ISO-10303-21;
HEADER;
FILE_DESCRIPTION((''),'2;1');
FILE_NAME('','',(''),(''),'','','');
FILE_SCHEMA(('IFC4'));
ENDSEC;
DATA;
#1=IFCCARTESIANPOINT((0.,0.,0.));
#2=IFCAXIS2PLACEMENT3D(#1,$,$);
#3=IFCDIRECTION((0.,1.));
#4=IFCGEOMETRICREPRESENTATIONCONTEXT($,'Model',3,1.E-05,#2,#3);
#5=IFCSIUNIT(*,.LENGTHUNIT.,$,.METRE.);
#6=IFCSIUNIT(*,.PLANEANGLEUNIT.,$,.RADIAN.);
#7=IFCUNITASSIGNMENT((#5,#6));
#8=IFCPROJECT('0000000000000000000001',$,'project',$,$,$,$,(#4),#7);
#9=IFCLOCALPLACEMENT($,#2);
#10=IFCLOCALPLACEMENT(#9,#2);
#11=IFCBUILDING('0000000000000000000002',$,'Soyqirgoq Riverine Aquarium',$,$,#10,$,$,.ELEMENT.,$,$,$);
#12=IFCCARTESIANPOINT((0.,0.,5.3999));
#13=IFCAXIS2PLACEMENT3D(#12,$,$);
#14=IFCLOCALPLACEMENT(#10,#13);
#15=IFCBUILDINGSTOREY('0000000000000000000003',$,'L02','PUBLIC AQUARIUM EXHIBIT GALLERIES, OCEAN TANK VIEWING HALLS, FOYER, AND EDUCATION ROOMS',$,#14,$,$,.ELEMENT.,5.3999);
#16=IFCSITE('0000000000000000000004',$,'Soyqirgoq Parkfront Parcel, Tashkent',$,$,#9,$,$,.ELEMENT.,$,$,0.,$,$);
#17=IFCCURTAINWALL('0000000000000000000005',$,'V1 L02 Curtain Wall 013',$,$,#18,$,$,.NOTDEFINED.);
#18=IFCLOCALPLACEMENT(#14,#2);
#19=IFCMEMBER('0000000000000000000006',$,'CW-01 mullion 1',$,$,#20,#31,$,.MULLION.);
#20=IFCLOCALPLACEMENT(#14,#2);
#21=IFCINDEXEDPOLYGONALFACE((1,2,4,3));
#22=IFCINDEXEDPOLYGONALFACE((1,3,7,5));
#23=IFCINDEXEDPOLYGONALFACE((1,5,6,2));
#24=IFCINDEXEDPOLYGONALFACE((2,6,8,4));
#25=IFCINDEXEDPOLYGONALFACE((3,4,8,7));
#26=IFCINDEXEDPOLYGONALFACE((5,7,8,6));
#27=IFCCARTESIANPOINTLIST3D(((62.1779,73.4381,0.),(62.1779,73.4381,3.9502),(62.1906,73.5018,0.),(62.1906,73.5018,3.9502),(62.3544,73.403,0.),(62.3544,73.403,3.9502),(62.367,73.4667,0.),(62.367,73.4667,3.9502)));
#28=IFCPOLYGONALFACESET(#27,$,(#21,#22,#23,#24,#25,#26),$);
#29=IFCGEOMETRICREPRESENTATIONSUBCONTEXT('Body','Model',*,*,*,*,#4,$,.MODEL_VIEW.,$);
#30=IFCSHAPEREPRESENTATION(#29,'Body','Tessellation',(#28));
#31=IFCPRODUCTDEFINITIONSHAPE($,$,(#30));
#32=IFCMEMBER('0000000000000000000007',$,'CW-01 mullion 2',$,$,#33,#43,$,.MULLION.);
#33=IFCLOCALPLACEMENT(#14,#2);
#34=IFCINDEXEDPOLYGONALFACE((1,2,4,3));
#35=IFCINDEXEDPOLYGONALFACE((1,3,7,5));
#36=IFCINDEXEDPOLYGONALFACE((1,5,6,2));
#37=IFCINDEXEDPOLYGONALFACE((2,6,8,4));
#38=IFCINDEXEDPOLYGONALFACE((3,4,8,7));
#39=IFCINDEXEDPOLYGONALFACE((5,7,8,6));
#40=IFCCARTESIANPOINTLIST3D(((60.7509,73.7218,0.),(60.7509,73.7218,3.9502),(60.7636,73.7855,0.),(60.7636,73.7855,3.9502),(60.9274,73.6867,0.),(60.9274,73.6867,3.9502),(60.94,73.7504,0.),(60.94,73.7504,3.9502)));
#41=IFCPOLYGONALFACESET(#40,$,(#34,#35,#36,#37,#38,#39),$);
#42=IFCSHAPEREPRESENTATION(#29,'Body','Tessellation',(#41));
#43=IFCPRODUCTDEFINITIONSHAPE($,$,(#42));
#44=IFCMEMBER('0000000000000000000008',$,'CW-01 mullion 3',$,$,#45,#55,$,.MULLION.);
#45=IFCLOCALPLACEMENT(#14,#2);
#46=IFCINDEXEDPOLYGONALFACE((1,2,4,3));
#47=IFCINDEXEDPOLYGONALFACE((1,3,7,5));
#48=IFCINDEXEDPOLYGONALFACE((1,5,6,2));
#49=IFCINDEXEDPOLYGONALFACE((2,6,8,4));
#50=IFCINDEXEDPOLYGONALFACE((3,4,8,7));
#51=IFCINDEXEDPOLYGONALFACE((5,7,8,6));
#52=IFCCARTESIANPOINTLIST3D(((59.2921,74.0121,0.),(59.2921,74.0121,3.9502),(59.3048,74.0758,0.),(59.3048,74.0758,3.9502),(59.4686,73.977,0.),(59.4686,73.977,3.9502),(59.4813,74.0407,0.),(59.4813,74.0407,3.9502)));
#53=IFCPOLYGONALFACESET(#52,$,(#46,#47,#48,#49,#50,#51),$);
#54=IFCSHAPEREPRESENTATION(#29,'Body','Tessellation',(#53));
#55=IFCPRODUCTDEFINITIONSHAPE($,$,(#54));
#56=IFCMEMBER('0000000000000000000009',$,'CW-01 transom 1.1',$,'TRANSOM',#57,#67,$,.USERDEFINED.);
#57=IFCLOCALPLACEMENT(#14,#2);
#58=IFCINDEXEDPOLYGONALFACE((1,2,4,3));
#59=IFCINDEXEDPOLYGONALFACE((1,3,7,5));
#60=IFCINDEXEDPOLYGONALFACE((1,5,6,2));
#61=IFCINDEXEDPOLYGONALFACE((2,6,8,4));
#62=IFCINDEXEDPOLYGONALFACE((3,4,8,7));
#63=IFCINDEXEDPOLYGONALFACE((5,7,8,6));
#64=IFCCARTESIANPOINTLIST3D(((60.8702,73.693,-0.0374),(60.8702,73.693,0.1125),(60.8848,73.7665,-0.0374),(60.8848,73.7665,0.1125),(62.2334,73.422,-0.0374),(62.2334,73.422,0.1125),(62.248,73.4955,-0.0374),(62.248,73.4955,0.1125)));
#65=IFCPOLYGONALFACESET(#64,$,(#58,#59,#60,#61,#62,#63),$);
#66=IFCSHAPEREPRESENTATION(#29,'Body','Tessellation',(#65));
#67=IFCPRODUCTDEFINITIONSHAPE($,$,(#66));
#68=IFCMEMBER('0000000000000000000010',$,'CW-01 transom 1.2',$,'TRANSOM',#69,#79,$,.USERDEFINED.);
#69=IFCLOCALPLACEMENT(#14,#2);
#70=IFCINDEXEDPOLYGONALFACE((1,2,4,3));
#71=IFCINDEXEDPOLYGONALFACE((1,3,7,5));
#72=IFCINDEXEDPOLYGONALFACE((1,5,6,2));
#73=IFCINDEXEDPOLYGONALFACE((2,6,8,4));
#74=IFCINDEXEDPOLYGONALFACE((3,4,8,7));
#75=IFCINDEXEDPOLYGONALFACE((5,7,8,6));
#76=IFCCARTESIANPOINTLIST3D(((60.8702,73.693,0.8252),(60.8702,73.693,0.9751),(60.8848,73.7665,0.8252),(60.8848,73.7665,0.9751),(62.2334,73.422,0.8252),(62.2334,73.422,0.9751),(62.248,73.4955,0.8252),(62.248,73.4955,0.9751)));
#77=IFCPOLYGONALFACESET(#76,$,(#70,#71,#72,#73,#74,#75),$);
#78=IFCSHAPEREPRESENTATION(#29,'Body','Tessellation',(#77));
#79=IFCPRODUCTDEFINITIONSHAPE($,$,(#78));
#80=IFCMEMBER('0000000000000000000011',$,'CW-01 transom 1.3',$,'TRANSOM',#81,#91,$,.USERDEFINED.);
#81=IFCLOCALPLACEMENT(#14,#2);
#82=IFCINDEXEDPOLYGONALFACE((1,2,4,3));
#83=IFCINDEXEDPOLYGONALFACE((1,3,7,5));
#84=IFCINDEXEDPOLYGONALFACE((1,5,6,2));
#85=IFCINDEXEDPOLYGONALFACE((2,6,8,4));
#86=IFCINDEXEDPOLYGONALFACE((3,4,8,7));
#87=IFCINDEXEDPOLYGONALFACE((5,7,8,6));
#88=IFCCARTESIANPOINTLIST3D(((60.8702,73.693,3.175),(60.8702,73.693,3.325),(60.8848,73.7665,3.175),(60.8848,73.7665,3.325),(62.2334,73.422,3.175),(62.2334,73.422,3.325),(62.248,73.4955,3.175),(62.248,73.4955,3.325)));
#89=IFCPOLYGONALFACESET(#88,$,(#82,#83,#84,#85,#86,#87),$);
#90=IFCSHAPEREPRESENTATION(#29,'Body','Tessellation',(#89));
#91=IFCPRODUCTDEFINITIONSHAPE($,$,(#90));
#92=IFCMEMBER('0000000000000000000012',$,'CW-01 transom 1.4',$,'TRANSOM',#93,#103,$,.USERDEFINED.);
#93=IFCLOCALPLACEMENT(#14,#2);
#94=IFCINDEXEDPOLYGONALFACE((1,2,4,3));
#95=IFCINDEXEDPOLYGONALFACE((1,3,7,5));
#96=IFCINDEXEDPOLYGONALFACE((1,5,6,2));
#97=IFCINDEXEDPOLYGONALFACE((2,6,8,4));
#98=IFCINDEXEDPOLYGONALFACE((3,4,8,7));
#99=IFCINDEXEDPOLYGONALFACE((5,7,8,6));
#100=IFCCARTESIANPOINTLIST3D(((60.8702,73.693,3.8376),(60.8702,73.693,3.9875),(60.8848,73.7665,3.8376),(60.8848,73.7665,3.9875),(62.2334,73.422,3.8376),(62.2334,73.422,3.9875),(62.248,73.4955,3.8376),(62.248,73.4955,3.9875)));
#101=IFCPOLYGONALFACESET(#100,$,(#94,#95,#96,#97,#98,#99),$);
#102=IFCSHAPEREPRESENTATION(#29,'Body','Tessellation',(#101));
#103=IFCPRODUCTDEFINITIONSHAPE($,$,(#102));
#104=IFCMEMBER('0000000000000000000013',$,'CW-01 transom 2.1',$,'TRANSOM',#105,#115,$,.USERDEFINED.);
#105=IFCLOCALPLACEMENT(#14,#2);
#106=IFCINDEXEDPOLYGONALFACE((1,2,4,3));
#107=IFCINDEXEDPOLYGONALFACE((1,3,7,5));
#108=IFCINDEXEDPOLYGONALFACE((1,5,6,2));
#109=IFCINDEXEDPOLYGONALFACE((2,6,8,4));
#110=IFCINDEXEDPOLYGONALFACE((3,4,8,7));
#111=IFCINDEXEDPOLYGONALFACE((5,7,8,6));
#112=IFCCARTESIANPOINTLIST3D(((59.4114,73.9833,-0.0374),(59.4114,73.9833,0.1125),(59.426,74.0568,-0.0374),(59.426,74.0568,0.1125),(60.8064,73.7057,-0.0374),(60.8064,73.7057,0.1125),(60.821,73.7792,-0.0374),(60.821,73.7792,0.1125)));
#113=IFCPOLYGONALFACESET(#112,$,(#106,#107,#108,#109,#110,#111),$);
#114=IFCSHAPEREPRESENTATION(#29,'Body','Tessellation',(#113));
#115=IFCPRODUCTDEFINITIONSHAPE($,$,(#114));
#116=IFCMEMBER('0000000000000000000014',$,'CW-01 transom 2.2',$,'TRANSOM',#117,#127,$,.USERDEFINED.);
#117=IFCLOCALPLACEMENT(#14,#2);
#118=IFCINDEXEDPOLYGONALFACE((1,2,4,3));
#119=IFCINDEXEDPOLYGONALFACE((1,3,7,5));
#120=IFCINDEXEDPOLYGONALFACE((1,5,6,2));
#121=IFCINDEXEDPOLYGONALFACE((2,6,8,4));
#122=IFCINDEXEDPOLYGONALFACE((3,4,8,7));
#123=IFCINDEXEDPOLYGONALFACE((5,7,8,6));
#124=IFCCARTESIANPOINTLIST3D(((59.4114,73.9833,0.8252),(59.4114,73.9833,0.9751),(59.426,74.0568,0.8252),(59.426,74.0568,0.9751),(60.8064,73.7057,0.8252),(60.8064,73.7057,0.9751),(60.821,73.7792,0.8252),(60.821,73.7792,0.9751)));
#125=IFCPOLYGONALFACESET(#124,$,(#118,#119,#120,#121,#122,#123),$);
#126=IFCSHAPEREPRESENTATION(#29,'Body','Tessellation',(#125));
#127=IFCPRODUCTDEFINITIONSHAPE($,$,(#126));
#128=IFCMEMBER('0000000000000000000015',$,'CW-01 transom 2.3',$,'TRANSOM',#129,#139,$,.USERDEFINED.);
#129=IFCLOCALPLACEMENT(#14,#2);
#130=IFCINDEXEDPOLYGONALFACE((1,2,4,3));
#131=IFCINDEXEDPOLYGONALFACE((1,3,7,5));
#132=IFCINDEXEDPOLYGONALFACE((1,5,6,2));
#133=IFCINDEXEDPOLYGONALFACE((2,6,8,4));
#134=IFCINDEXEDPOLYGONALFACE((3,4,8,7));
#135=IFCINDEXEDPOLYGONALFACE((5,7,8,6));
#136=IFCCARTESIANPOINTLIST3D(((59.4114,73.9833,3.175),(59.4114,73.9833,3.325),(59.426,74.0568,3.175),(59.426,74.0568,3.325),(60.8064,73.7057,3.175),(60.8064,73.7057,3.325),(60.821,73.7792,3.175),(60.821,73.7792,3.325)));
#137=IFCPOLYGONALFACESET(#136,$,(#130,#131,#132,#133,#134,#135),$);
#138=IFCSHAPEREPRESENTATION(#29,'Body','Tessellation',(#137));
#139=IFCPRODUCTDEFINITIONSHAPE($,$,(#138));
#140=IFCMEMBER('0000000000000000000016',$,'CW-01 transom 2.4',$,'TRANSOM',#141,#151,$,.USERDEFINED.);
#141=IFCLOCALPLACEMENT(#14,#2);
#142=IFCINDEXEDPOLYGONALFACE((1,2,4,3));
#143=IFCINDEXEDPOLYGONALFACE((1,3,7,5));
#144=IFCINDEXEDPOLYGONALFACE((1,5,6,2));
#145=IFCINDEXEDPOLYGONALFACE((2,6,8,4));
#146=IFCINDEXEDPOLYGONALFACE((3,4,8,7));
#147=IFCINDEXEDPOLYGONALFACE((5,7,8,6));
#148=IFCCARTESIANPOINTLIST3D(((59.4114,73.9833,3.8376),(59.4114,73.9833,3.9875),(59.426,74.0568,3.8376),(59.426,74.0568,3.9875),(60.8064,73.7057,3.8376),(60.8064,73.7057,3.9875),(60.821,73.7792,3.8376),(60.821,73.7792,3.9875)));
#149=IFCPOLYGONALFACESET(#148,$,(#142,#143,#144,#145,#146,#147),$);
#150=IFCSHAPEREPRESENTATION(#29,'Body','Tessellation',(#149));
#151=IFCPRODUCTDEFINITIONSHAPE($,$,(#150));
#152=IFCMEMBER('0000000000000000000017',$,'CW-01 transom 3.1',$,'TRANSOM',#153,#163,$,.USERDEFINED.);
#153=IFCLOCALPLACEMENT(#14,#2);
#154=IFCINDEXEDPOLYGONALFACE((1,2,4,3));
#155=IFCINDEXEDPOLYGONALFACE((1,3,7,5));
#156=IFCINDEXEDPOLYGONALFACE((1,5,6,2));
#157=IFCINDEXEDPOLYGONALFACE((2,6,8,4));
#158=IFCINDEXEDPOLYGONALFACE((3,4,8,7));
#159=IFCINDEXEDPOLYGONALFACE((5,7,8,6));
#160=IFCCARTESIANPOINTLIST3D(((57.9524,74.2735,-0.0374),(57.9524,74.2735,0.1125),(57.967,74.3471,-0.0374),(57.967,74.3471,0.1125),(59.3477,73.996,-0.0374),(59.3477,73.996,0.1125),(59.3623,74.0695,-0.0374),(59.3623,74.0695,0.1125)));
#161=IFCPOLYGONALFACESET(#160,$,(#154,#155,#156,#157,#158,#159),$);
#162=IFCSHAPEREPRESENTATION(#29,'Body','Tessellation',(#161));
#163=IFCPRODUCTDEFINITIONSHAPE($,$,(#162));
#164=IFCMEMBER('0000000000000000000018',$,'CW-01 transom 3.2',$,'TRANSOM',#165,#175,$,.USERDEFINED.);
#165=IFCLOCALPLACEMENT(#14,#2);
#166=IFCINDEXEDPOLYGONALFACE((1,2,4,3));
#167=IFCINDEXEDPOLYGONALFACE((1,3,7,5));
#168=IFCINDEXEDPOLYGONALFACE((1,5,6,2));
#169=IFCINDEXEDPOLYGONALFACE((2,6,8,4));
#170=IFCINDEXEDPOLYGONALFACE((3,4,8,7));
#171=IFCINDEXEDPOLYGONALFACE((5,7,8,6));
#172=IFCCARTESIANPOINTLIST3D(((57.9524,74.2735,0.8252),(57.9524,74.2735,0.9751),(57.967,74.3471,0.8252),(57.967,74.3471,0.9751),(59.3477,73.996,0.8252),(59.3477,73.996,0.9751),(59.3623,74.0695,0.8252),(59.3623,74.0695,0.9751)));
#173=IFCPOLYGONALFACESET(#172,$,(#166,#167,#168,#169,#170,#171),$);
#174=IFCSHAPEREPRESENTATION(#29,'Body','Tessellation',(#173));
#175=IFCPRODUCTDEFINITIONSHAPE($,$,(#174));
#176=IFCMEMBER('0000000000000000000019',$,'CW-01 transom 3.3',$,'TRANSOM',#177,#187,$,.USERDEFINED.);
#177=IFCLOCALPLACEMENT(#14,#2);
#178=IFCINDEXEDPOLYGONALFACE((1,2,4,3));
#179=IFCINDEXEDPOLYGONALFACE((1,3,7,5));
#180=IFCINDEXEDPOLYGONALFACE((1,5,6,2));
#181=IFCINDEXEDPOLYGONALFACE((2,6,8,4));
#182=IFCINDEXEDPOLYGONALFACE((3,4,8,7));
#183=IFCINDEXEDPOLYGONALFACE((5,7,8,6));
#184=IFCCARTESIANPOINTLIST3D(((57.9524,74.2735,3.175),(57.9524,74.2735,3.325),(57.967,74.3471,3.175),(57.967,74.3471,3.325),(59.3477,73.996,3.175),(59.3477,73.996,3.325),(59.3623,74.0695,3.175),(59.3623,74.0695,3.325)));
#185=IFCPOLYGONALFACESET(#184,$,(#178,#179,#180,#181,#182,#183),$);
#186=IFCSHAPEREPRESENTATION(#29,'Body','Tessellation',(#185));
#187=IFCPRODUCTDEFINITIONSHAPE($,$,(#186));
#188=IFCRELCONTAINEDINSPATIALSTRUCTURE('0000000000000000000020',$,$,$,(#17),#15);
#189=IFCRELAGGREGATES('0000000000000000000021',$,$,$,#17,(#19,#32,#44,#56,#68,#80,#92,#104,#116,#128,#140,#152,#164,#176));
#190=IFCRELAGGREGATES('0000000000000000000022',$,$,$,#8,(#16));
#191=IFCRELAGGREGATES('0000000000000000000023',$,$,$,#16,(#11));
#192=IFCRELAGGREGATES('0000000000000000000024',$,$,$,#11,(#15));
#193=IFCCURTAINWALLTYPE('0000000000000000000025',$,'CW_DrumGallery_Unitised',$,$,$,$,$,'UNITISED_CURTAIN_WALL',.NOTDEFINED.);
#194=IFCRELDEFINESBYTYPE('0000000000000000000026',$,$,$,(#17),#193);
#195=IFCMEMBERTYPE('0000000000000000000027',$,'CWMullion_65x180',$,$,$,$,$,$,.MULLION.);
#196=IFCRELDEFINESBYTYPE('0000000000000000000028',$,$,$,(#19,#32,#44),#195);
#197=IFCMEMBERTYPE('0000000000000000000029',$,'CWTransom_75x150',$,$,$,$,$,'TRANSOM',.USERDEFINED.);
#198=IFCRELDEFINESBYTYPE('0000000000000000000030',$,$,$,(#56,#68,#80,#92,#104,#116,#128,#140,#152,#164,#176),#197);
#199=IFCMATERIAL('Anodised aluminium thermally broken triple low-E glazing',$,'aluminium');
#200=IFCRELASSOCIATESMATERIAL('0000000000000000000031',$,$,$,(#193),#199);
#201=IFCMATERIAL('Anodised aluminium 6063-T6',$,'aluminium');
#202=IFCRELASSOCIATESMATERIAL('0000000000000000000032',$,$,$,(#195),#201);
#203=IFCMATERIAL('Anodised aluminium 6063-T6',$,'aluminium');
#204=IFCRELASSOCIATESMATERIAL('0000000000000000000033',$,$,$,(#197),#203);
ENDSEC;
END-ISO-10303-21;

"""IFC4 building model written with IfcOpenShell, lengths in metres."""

from ifc_helpers import new_model, si_unit, direction, frame, origin, origin_2d, place, context, subcontext, project, spatial, rectangle, extrude, material, material_profile, profile_set, type_object, element, aggregate, save


model = new_model("IFC4")

# Units and contexts
model_context = context("Model", 3, precision=1e-05, world=origin(), true_north=direction((0.0, 1.0)))
body_context = subcontext(model_context, "Body", "Model", "MODEL_VIEW")
ifc_project = project(units=[si_unit("LENGTHUNIT", "METRE"), si_unit("PLANEANGLEUNIT", "RADIAN")], contexts=[model_context])

# Site, building, storey
site_placement = place(None, origin())
site = spatial("IfcSite", under=ifc_project, at=site_placement, Name="Soyqirgoq Parkfront Parcel, Tashkent", CompositionType="ELEMENT", RefElevation=0.0)
building_placement = place(site_placement, origin())
building = spatial("IfcBuilding", under=site, at=building_placement, Name="Soyqirgoq Riverine Aquarium", CompositionType="ELEMENT")
storey_placement = place(building_placement, frame((0.0, 0.0, 5.3999)))
storey = spatial("IfcBuildingStorey", under=building, at=storey_placement, Name="L02", Description="PUBLIC AQUARIUM EXHIBIT GALLERIES, OCEAN TANK VIEWING HALLS, FOYER, AND EDUCATION ROOMS", CompositionType="ELEMENT", Elevation=5.3999)

# Curtain wall, members
ifc_material_1 = material(Name="Anodised aluminium thermally broken triple low-E glazing", Category="aluminium")
curtain_wall_type = type_object("IfcCurtainWallType", Name="CW_DrumGallery_Unitised", ElementType="UNITISED_CURTAIN_WALL", PredefinedType="NOTDEFINED", material=ifc_material_1)
curtain_wall_placement = place(storey_placement, origin())
curtain_wall = element("IfcCurtainWall", 1, at=curtain_wall_placement, inside=storey, type_object=curtain_wall_type, Name="V1 L02 Curtain Wall 013", PredefinedType="NOTDEFINED")
ifc_material_2 = material(Name="Anodised aluminium 6063-T6", Category="aluminium")
ifc_material_profile_1 = material_profile(ifc_material_2, rectangle(XDim=0.0649, YDim=0.1799, at=origin_2d()), Name="ALU-M 65x180")
ifc_profile_set_1 = profile_set([ifc_material_profile_1], Name="Anodised aluminium 6063-T6")
member_type_1 = type_object("IfcMemberType", Name="CWMullion_65x180", PredefinedType="MULLION", material=ifc_profile_set_1)
member_1_placement = place(storey_placement, frame((62.2725, 73.4524, 0.0), z_axis=(0.0, 0.0, 1.0), x_axis=(-0.195088, -0.980786, 0.0)))
member_1 = element("IfcMember", 2, at=member_1_placement, type_object=member_type_1, Name="CW-01 mullion 1", PredefinedType="MULLION", context=body_context, shape_type="SweptSolid", body=[
    extrude(rectangle(XDim=0.0649, YDim=0.1799, at=origin_2d()), origin(), (0.0, 0.0, 1.0), 3.9502),
])
member_2_placement = place(storey_placement, frame((60.8455, 73.7361, 0.0), z_axis=(0.0, 0.0, 1.0), x_axis=(-0.195088, -0.980786, 0.0)))
member_2 = element("IfcMember", 3, at=member_2_placement, type_object=member_type_1, Name="CW-01 mullion 2", PredefinedType="MULLION", context=body_context, shape_type="SweptSolid", body=[
    extrude(rectangle(XDim=0.0649, YDim=0.1799, at=origin_2d()), origin(), (0.0, 0.0, 1.0), 3.9502),
])
member_3_placement = place(storey_placement, frame((59.3867, 74.0264, 0.0), z_axis=(0.0, 0.0, 1.0), x_axis=(-0.195088, -0.980786, 0.0)))
member_3 = element("IfcMember", 4, at=member_3_placement, type_object=member_type_1, Name="CW-01 mullion 3", PredefinedType="MULLION", context=body_context, shape_type="SweptSolid", body=[
    extrude(rectangle(XDim=0.0649, YDim=0.1799, at=origin_2d()), origin(), (0.0, 0.0, 1.0), 3.9502),
])
ifc_material_3 = material(Name="Anodised aluminium 6063-T6", Category="aluminium")
ifc_material_profile_2 = material_profile(ifc_material_3, rectangle(XDim=0.075, YDim=0.1499, at=origin_2d()), Name="ALU-T 75x150")
ifc_profile_set_2 = profile_set([ifc_material_profile_2], Name="Anodised aluminium 6063-T6")
member_type_2 = type_object("IfcMemberType", Name="CWTransom_75x150", ElementType="TRANSOM", PredefinedType="USERDEFINED", material=ifc_profile_set_2)
member_4_placement = place(storey_placement, frame((62.2407, 73.4587, 0.0376), z_axis=(-0.98081, 0.194968, 0.0), x_axis=(-0.194968, -0.98081, 0.0)))
member_4 = element("IfcMember", 5, at=member_4_placement, type_object=member_type_2, Name="CW-01 transom 1.1", ObjectType="TRANSOM", PredefinedType="USERDEFINED", context=body_context, shape_type="SweptSolid", body=[
    extrude(rectangle(XDim=0.075, YDim=0.1499, at=origin_2d()), origin(), (0.0, 0.0, 1.0), 1.3899),
])
member_5_placement = place(storey_placement, frame((62.2407, 73.4587, 0.9001), z_axis=(-0.98081, 0.194968, 0.0), x_axis=(-0.194968, -0.98081, 0.0)))
member_5 = element("IfcMember", 6, at=member_5_placement, type_object=member_type_2, Name="CW-01 transom 1.2", ObjectType="TRANSOM", PredefinedType="USERDEFINED", context=body_context, shape_type="SweptSolid", body=[
    extrude(rectangle(XDim=0.075, YDim=0.1499, at=origin_2d()), origin(), (0.0, 0.0, 1.0), 1.3899),
])
member_6_placement = place(storey_placement, frame((62.2407, 73.4587, 3.25), z_axis=(-0.98081, 0.194968, 0.0), x_axis=(-0.194968, -0.98081, 0.0)))
member_6 = element("IfcMember", 7, at=member_6_placement, type_object=member_type_2, Name="CW-01 transom 1.3", ObjectType="TRANSOM", PredefinedType="USERDEFINED", context=body_context, shape_type="SweptSolid", body=[
    extrude(rectangle(XDim=0.075, YDim=0.1499, at=origin_2d()), origin(), (0.0, 0.0, 1.0), 1.3899),
])
member_7_placement = place(storey_placement, frame((62.2407, 73.4587, 3.9126), z_axis=(-0.98081, 0.194968, 0.0), x_axis=(-0.194968, -0.98081, 0.0)))
member_7 = element("IfcMember", 8, at=member_7_placement, type_object=member_type_2, Name="CW-01 transom 1.4", ObjectType="TRANSOM", PredefinedType="USERDEFINED", context=body_context, shape_type="SweptSolid", body=[
    extrude(rectangle(XDim=0.075, YDim=0.1499, at=origin_2d()), origin(), (0.0, 0.0, 1.0), 1.3899),
])
member_8_placement = place(storey_placement, frame((60.8137, 73.7424, 0.0376), z_axis=(-0.980772, 0.195159, 0.0), x_axis=(-0.195159, -0.980772, 0.0)))
member_8 = element("IfcMember", 9, at=member_8_placement, type_object=member_type_2, Name="CW-01 transom 2.1", ObjectType="TRANSOM", PredefinedType="USERDEFINED", context=body_context, shape_type="SweptSolid", body=[
    extrude(rectangle(XDim=0.075, YDim=0.1499, at=origin_2d()), origin(), (0.0, 0.0, 1.0), 1.4224),
])
member_9_placement = place(storey_placement, frame((60.8137, 73.7424, 0.9001), z_axis=(-0.980772, 0.195159, 0.0), x_axis=(-0.195159, -0.980772, 0.0)))
member_9 = element("IfcMember", 10, at=member_9_placement, type_object=member_type_2, Name="CW-01 transom 2.2", ObjectType="TRANSOM", PredefinedType="USERDEFINED", context=body_context, shape_type="SweptSolid", body=[
    extrude(rectangle(XDim=0.075, YDim=0.1499, at=origin_2d()), origin(), (0.0, 0.0, 1.0), 1.4224),
])
member_10_placement = place(storey_placement, frame((60.8137, 73.7424, 3.25), z_axis=(-0.980772, 0.195159, 0.0), x_axis=(-0.195159, -0.980772, 0.0)))
member_10 = element("IfcMember", 11, at=member_10_placement, type_object=member_type_2, Name="CW-01 transom 2.3", ObjectType="TRANSOM", PredefinedType="USERDEFINED", context=body_context, shape_type="SweptSolid", body=[
    extrude(rectangle(XDim=0.075, YDim=0.1499, at=origin_2d()), origin(), (0.0, 0.0, 1.0), 1.4224),
])
member_11_placement = place(storey_placement, frame((60.8137, 73.7424, 3.9126), z_axis=(-0.980772, 0.195159, 0.0), x_axis=(-0.195159, -0.980772, 0.0)))
member_11 = element("IfcMember", 12, at=member_11_placement, type_object=member_type_2, Name="CW-01 transom 2.4", ObjectType="TRANSOM", PredefinedType="USERDEFINED", context=body_context, shape_type="SweptSolid", body=[
    extrude(rectangle(XDim=0.075, YDim=0.1499, at=origin_2d()), origin(), (0.0, 0.0, 1.0), 1.4224),
])
member_12_placement = place(storey_placement, frame((59.355, 74.0327, 0.0376), z_axis=(-0.980778, 0.195126, 0.0), x_axis=(-0.195126, -0.980778, 0.0)))
member_12 = element("IfcMember", 13, at=member_12_placement, type_object=member_type_2, Name="CW-01 transom 3.1", ObjectType="TRANSOM", PredefinedType="USERDEFINED", context=body_context, shape_type="SweptSolid", body=[
    extrude(rectangle(XDim=0.075, YDim=0.1499, at=origin_2d()), origin(), (0.0, 0.0, 1.0), 1.4226),
])
member_13_placement = place(storey_placement, frame((59.355, 74.0327, 0.9001), z_axis=(-0.980778, 0.195126, 0.0), x_axis=(-0.195126, -0.980778, 0.0)))
member_13 = element("IfcMember", 14, at=member_13_placement, type_object=member_type_2, Name="CW-01 transom 3.2", ObjectType="TRANSOM", PredefinedType="USERDEFINED", context=body_context, shape_type="SweptSolid", body=[
    extrude(rectangle(XDim=0.075, YDim=0.1499, at=origin_2d()), origin(), (0.0, 0.0, 1.0), 1.4226),
])
member_14_placement = place(storey_placement, frame((59.355, 74.0327, 3.25), z_axis=(-0.980778, 0.195126, 0.0), x_axis=(-0.195126, -0.980778, 0.0)))
member_14 = element("IfcMember", 15, at=member_14_placement, type_object=member_type_2, Name="CW-01 transom 3.3", ObjectType="TRANSOM", PredefinedType="USERDEFINED", context=body_context, shape_type="SweptSolid", body=[
    extrude(rectangle(XDim=0.075, YDim=0.1499, at=origin_2d()), origin(), (0.0, 0.0, 1.0), 1.4226),
])

aggregate(curtain_wall, [member_1, member_2, member_3, member_4, member_5, member_6, member_7, member_8, member_9, member_10, member_11, member_12, member_13, member_14])

save(model, "model.ifc")
